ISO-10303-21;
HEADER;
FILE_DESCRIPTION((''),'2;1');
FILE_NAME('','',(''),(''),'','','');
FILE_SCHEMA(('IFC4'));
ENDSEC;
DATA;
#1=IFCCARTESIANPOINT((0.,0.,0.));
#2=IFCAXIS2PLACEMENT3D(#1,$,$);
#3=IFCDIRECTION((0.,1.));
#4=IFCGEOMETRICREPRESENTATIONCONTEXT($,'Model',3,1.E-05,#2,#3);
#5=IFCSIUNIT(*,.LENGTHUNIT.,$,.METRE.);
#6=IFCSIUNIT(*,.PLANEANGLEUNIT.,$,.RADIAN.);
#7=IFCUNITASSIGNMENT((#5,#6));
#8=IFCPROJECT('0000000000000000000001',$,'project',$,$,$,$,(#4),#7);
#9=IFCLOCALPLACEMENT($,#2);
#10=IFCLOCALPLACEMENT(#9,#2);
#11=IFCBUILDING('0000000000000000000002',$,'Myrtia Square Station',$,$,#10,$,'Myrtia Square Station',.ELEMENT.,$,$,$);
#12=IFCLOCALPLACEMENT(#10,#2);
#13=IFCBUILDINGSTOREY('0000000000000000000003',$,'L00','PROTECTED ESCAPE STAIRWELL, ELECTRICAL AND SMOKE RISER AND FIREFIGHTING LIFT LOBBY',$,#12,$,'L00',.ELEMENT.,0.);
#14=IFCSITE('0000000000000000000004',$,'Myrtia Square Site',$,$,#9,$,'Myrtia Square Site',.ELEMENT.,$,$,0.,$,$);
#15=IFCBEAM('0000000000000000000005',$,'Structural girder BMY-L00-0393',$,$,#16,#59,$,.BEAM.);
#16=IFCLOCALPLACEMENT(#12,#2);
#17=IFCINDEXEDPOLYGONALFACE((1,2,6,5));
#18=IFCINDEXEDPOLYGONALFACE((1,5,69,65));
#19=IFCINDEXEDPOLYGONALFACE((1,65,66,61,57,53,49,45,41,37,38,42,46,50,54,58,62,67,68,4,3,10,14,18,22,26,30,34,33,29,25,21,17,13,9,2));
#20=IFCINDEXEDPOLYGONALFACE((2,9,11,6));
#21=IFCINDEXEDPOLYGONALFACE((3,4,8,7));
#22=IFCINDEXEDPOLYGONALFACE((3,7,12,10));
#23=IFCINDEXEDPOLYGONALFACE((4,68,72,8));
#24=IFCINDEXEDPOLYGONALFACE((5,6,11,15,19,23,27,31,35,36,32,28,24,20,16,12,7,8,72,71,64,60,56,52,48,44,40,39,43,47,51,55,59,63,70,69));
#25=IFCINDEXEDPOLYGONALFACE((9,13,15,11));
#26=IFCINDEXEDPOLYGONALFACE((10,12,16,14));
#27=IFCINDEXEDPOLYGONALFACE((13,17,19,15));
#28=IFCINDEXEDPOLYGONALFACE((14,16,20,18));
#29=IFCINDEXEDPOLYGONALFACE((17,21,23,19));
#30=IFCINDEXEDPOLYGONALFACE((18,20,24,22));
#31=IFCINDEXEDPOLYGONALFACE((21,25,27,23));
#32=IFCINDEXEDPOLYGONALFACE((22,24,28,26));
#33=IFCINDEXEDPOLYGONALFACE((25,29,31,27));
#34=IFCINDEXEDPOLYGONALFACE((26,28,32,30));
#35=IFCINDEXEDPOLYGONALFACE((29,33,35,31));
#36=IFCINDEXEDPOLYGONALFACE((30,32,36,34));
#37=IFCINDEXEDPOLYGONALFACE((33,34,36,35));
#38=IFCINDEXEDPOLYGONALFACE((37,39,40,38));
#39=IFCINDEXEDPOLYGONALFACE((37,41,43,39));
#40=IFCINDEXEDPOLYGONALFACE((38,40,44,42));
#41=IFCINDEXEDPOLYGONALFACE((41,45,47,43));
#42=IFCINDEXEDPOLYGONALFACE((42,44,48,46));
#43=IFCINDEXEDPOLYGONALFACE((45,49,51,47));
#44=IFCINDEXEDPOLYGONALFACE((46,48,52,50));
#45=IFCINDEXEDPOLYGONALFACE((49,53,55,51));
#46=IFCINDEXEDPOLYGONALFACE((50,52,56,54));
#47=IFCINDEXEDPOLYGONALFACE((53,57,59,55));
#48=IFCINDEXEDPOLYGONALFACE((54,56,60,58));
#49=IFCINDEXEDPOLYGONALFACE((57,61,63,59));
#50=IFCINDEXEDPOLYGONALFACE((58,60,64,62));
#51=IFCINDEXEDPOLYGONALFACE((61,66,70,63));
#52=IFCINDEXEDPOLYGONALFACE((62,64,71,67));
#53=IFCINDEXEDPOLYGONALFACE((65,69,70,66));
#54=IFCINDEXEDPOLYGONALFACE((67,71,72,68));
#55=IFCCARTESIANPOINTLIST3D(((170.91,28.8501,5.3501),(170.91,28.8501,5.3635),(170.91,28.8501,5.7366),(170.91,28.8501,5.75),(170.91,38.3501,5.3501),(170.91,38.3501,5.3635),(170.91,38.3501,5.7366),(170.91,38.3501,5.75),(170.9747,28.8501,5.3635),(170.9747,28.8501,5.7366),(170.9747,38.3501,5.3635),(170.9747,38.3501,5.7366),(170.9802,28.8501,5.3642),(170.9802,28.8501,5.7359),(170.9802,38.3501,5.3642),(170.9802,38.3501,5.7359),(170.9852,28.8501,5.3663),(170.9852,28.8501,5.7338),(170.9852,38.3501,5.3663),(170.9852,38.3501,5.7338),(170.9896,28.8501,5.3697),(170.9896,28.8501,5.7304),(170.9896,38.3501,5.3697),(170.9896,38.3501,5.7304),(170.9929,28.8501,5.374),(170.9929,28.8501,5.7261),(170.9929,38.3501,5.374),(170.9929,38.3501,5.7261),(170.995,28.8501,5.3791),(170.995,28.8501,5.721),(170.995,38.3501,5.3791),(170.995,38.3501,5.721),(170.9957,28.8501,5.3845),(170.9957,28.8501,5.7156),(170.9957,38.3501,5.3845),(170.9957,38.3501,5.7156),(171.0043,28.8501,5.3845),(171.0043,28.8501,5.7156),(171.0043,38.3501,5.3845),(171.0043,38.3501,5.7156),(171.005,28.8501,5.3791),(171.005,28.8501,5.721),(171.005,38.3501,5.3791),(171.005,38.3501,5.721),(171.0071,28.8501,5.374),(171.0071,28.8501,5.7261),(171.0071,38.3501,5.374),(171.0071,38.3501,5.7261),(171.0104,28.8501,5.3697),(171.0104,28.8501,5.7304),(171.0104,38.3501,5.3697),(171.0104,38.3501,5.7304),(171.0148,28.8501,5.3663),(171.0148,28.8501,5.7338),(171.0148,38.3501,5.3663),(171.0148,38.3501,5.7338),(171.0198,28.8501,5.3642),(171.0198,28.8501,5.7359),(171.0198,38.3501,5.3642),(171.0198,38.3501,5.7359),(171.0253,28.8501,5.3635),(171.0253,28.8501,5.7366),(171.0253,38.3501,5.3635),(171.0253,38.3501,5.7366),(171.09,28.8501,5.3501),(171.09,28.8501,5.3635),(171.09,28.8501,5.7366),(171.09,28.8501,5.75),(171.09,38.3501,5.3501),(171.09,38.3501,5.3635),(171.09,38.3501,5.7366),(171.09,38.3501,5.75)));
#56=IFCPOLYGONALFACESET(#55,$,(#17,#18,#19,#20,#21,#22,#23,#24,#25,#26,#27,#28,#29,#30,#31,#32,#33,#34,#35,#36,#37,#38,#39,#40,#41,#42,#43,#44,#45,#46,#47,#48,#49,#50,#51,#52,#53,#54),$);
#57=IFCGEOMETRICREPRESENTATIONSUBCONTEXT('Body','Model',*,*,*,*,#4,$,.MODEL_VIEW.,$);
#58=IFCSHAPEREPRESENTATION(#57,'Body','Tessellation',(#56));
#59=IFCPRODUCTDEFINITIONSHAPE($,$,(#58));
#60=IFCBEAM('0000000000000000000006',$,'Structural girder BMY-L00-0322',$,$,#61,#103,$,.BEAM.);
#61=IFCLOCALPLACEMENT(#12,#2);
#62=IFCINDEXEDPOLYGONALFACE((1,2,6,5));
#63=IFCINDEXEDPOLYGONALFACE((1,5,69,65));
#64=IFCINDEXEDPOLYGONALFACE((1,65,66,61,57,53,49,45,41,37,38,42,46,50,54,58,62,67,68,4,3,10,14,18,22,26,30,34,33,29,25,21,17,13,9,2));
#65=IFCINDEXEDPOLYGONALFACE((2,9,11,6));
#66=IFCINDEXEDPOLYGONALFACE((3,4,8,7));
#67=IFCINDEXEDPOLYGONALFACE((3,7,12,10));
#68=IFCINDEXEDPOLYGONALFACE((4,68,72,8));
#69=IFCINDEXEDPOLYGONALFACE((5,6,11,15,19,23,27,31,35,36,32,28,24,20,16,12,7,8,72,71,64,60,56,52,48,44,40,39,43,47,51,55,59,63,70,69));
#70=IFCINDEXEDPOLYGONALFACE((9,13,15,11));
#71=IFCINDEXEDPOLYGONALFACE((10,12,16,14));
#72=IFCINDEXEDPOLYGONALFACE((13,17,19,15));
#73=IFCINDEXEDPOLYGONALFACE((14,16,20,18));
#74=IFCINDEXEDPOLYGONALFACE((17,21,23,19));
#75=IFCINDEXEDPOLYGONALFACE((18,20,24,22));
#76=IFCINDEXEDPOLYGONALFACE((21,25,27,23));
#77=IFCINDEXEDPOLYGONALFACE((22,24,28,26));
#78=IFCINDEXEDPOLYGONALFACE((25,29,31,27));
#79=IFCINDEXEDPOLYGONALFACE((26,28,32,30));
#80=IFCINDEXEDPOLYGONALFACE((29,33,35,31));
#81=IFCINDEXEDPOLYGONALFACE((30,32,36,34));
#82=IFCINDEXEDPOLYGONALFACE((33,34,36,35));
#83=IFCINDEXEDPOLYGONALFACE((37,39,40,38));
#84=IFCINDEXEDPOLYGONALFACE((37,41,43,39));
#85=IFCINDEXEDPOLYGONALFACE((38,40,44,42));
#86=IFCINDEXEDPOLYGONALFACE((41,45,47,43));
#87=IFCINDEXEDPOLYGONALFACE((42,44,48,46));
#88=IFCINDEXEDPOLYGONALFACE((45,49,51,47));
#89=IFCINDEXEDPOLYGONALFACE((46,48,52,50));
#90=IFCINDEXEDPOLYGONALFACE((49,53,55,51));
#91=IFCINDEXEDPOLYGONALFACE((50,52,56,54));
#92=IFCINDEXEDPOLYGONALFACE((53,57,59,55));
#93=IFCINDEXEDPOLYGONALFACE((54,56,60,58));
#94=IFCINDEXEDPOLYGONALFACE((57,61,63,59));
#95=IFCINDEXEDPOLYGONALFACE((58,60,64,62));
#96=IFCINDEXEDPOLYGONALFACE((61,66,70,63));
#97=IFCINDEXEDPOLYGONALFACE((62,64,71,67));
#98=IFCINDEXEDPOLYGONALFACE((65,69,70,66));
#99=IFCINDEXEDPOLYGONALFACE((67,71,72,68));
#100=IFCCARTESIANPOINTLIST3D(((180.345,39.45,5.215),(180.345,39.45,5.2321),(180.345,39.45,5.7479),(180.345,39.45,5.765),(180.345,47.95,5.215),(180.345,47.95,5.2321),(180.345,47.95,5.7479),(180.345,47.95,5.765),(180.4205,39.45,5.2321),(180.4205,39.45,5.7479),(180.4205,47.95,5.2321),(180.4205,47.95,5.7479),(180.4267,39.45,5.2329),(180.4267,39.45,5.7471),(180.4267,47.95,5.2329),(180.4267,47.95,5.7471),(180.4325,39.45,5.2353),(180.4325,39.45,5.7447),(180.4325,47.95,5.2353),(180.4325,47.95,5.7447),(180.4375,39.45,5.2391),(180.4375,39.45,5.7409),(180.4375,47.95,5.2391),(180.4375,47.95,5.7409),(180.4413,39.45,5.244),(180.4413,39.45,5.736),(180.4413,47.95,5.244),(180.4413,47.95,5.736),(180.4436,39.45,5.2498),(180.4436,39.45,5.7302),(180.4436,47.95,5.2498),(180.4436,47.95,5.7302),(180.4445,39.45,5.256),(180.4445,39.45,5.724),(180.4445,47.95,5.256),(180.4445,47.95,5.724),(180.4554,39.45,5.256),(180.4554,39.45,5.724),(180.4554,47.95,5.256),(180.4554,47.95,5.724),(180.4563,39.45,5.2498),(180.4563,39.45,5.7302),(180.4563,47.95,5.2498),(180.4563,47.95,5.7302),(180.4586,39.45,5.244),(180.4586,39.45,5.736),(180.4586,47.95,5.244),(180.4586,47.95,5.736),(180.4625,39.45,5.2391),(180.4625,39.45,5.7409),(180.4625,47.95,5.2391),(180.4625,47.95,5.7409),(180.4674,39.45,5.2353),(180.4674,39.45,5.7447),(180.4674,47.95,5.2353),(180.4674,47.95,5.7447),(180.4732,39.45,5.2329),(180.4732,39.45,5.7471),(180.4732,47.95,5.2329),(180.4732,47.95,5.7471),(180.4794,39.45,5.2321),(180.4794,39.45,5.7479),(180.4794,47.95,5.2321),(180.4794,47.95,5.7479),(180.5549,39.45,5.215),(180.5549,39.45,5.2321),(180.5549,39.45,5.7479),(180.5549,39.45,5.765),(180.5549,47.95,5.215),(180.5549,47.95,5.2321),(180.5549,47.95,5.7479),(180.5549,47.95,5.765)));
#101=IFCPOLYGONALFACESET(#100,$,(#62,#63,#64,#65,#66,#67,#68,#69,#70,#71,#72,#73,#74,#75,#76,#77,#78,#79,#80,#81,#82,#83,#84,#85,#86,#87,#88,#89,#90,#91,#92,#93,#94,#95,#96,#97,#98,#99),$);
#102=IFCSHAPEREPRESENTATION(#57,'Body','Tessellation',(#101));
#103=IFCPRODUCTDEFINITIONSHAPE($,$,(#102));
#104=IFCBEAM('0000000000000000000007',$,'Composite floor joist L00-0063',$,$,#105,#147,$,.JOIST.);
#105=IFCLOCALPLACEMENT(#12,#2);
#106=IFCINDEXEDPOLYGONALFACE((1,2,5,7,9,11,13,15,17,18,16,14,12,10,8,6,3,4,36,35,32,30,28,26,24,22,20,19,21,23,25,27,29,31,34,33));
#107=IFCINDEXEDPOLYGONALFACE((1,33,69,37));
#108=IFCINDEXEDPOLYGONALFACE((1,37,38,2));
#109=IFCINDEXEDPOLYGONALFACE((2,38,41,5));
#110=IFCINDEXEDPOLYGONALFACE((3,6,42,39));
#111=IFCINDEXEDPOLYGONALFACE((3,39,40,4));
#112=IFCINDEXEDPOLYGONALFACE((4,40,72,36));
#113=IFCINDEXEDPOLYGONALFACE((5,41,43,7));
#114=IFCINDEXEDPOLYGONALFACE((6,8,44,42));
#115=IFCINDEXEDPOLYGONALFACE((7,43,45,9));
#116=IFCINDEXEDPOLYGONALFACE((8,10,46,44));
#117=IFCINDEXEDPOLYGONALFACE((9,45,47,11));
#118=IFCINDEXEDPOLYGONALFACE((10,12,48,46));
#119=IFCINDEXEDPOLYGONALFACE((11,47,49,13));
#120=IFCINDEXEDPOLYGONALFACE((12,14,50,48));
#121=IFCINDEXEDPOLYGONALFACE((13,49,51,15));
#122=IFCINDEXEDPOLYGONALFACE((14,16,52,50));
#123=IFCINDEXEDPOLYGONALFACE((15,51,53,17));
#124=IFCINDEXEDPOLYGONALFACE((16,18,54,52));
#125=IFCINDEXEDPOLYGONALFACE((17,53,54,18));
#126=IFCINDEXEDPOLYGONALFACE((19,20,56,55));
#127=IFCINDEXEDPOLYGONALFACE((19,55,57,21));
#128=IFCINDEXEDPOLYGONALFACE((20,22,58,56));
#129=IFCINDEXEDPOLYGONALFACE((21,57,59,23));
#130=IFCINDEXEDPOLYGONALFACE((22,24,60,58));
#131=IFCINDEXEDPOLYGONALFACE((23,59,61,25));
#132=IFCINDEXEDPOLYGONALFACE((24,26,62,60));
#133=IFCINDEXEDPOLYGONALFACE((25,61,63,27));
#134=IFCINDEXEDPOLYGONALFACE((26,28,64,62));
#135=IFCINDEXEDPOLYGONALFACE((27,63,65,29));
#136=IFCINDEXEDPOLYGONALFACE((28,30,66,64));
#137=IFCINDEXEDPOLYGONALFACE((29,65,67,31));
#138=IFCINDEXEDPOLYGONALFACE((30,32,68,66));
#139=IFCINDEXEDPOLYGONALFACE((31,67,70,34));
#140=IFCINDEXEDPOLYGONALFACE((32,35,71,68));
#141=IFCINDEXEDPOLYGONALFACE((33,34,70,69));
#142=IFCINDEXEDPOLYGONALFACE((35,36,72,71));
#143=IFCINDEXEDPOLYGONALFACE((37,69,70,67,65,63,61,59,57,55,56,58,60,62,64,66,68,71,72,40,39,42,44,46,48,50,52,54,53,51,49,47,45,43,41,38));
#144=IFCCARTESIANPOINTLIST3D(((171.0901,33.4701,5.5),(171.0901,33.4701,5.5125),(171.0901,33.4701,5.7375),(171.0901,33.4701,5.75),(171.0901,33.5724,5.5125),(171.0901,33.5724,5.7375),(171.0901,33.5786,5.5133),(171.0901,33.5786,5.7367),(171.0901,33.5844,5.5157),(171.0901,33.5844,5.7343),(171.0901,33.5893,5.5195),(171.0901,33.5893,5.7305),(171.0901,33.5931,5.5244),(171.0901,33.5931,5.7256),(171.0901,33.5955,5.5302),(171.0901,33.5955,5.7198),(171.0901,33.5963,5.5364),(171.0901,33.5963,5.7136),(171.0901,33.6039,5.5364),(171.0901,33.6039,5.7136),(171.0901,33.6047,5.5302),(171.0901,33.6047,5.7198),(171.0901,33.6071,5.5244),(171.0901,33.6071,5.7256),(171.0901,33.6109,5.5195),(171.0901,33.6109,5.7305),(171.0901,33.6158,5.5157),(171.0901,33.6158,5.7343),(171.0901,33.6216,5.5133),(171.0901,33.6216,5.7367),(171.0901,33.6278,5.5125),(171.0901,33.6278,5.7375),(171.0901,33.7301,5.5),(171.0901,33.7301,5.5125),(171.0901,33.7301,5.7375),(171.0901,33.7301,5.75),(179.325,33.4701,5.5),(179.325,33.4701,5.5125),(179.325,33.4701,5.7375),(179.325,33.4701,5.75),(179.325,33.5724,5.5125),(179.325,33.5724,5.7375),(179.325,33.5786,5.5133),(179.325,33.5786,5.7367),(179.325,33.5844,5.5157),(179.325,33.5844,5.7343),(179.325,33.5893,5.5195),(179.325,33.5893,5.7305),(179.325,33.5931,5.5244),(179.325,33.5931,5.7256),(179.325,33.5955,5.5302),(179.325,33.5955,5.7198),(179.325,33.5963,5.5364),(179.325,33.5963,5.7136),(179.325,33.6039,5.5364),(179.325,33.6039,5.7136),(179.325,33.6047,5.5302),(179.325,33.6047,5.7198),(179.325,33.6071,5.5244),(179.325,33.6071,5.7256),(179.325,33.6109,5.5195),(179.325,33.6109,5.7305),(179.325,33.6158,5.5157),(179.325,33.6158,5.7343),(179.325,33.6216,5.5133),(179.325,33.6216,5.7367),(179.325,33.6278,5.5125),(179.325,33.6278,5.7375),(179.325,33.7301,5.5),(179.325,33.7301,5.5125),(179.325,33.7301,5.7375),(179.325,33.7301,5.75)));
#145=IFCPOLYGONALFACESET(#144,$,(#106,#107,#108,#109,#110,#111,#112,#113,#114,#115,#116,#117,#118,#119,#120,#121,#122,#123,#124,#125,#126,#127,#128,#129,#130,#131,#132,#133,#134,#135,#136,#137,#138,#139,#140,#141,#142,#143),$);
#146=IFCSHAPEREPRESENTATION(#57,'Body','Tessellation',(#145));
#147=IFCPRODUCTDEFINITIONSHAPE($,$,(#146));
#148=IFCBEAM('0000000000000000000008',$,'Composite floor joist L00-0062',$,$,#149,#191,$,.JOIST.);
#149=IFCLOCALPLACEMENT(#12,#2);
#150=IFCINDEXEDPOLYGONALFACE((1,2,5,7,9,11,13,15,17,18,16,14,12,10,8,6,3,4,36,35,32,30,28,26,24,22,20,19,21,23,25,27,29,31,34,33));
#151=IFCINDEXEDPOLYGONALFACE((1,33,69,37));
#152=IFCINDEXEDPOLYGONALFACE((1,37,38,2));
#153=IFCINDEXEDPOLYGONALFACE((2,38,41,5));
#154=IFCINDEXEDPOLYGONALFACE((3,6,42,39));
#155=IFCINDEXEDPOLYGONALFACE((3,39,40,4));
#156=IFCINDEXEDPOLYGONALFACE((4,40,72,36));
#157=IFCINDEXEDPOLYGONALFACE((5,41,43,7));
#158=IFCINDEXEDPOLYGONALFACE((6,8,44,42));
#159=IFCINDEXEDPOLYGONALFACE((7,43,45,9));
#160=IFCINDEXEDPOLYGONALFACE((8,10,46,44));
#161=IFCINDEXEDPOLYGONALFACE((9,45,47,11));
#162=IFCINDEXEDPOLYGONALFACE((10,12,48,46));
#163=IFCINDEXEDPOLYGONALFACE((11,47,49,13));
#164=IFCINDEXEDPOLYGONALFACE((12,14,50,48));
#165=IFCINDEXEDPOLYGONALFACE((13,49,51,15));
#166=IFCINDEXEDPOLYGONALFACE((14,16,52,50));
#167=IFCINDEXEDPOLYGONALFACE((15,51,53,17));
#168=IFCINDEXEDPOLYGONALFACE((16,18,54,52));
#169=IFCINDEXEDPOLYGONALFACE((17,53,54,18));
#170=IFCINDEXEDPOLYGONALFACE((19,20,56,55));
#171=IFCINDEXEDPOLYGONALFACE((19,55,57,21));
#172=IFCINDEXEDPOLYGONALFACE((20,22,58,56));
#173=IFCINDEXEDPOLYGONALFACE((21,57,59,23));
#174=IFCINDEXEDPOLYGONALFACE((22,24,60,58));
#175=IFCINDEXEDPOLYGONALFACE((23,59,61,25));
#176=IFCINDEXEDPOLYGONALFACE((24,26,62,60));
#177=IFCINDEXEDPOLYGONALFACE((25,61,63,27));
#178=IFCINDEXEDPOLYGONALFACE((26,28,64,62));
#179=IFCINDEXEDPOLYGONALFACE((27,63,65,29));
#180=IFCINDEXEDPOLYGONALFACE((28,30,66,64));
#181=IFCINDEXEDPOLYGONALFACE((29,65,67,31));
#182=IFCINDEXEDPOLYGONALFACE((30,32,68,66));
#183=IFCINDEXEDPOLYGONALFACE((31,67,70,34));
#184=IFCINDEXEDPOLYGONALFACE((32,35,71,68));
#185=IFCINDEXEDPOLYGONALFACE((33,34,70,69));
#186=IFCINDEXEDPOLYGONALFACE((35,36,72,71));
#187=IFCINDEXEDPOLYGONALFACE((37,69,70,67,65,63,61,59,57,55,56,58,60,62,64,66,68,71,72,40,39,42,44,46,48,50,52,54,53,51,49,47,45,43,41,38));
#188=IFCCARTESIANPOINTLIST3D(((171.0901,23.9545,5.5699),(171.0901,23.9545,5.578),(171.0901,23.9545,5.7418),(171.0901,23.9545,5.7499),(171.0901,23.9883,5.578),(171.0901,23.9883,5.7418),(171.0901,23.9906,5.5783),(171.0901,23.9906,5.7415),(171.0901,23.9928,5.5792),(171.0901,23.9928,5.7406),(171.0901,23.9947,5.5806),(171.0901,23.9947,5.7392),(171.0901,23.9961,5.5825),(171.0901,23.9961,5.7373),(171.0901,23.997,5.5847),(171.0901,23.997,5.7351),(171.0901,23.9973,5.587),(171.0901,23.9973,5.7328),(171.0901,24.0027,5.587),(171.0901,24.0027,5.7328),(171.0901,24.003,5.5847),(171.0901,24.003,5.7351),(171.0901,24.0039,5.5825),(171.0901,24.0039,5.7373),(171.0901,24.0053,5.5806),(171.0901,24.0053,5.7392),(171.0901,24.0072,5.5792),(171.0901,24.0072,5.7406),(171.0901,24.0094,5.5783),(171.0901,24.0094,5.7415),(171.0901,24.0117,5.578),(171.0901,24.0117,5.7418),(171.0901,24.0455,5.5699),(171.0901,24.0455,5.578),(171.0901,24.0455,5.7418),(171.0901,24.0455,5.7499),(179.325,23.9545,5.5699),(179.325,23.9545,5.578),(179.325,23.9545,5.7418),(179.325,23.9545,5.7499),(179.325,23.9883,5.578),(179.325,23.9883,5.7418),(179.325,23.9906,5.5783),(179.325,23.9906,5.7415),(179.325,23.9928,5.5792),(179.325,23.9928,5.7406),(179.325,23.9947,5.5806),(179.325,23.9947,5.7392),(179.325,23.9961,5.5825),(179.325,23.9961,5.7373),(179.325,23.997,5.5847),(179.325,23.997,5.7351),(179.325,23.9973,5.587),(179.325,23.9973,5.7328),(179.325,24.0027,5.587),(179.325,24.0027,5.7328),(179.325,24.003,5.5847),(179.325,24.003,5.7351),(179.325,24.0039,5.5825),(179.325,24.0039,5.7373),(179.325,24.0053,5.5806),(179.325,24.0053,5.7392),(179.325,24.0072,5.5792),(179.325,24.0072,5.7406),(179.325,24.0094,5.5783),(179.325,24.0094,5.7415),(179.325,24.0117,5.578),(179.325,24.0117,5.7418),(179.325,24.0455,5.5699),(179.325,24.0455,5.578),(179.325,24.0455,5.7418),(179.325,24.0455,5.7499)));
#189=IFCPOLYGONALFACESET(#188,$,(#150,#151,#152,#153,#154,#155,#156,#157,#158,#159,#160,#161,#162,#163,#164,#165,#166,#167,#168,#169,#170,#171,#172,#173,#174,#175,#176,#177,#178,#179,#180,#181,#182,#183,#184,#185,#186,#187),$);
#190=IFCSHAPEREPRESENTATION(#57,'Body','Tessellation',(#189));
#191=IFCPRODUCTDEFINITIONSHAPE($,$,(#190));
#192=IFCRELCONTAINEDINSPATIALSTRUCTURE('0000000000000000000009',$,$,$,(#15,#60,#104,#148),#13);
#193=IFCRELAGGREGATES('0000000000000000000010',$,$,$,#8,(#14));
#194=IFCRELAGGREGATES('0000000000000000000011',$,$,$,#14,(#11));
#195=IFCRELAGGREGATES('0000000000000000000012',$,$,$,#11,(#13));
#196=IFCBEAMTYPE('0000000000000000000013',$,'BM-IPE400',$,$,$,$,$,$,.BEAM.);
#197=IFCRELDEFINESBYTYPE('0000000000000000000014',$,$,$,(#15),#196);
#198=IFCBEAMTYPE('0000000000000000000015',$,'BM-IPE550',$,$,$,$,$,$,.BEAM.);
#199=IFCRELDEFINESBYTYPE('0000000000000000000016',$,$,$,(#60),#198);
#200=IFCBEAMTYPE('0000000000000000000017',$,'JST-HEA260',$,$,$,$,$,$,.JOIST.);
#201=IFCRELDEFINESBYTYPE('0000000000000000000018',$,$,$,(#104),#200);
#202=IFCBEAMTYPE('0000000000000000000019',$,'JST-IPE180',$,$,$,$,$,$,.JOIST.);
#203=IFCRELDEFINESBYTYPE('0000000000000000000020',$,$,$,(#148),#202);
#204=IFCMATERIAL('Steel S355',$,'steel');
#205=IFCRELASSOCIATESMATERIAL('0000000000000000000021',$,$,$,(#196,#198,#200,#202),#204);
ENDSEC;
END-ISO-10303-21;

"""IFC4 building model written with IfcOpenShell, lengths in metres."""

from ifc_helpers import new_model, si_unit, direction, frame, origin, origin_2d, place, context, subcontext, project, spatial, i_section, extrude, material, material_profile, profile_set, type_object, element, save


model = new_model("IFC4")

# Units and contexts
model_context = context("Model", 3, precision=1e-05, world=origin(), true_north=direction((0.0, 1.0)))
body_context = subcontext(model_context, "Body", "Model", "MODEL_VIEW")
ifc_project = project(units=[si_unit("LENGTHUNIT", "METRE"), si_unit("PLANEANGLEUNIT", "RADIAN")], contexts=[model_context])

# Site, building, storey
site_placement = place(None, origin())
site = spatial("IfcSite", under=ifc_project, at=site_placement, Name="Myrtia Square Site", LongName="Myrtia Square Site", CompositionType="ELEMENT", RefElevation=0.0)
building_placement = place(site_placement, origin())
building = spatial("IfcBuilding", under=site, at=building_placement, Name="Myrtia Square Station", LongName="Myrtia Square Station", CompositionType="ELEMENT")
storey_placement = place(building_placement, origin())
storey = spatial("IfcBuildingStorey", under=building, at=storey_placement, Name="L00", Description="PROTECTED ESCAPE STAIRWELL, ELECTRICAL AND SMOKE RISER AND FIREFIGHTING LIFT LOBBY", LongName="L00", CompositionType="ELEMENT", Elevation=0.0)

# Shared definitions
ifc_material_1 = material(Name="Steel S355", Category="steel")

# Beams
ifc_material_profile_1 = material_profile(ifc_material_1, i_section(OverallWidth=0.1799, OverallDepth=0.3999, WebThickness=0.0085, FlangeThickness=0.0134, FilletRadius=0.021, at=origin_2d()), Name="IPE 400")
ifc_profile_set_1 = profile_set([ifc_material_profile_1], Name="Steel S355")
beam_type_1 = type_object("IfcBeamType", Name="BM-IPE400", PredefinedType="BEAM", material=ifc_profile_set_1)
beam_1_placement = place(storey_placement, frame((171.0, 28.8501, 5.55), z_axis=(0.0, 1.0, 0.0), x_axis=(-1.0, 0.0, 0.0)))
element("IfcBeam", 1, at=beam_1_placement, inside=storey, type_object=beam_type_1, Name="Structural girder BMY-L00-0393", PredefinedType="BEAM", context=body_context, shape_type="SweptSolid", body=[
    extrude(i_section(OverallWidth=0.1799, OverallDepth=0.3999, WebThickness=0.0085, FlangeThickness=0.0134, FilletRadius=0.021, at=origin_2d()), origin(), (0.0, 0.0, 1.0), 9.5),
])
ifc_material_profile_2 = material_profile(ifc_material_1, i_section(OverallWidth=0.21, OverallDepth=0.55, WebThickness=0.011, FlangeThickness=0.0171, FilletRadius=0.0239, at=origin_2d()), Name="IPE 550")
ifc_profile_set_2 = profile_set([ifc_material_profile_2], Name="Steel S355")
beam_type_2 = type_object("IfcBeamType", Name="BM-IPE550", PredefinedType="BEAM", material=ifc_profile_set_2)
beam_2_placement = place(storey_placement, frame((180.45, 39.45, 5.49), z_axis=(0.0, 1.0, 0.0), x_axis=(-1.0, 0.0, 0.0)))
element("IfcBeam", 2, at=beam_2_placement, inside=storey, type_object=beam_type_2, Name="Structural girder BMY-L00-0322", PredefinedType="BEAM", context=body_context, shape_type="SweptSolid", body=[
    extrude(i_section(OverallWidth=0.21, OverallDepth=0.55, WebThickness=0.011, FlangeThickness=0.0171, FilletRadius=0.0239, at=origin_2d()), origin(), (0.0, 0.0, 1.0), 8.5),
])
ifc_material_profile_3 = material_profile(ifc_material_1, i_section(OverallWidth=0.26, OverallDepth=0.25, WebThickness=0.0076, FlangeThickness=0.0125, FilletRadius=0.0239, at=origin_2d()), Name="HEA 260")
ifc_profile_set_3 = profile_set([ifc_material_profile_3], Name="Steel S355")
beam_type_3 = type_object("IfcBeamType", Name="JST-HEA260", PredefinedType="JOIST", material=ifc_profile_set_3)
beam_3_placement = place(storey_placement, frame((171.0901, 33.6001, 5.625), z_axis=(1.0, 0.0, 0.0), x_axis=(0.0, 1.0, 0.0)))
element("IfcBeam", 3, at=beam_3_placement, inside=storey, type_object=beam_type_3, Name="Composite floor joist L00-0063", PredefinedType="JOIST", context=body_context, shape_type="SweptSolid", body=[
    extrude(i_section(OverallWidth=0.26, OverallDepth=0.25, WebThickness=0.0076, FlangeThickness=0.0125, FilletRadius=0.0239, at=origin_2d()), origin(), (0.0, 0.0, 1.0), 8.2349),
])
ifc_material_profile_4 = material_profile(ifc_material_1, i_section(OverallWidth=0.0911, OverallDepth=0.1799, WebThickness=0.0054, FlangeThickness=0.0081, FilletRadius=0.009, at=origin_2d()), Name="IPE 180")
ifc_profile_set_4 = profile_set([ifc_material_profile_4], Name="Steel S355")
beam_type_4 = type_object("IfcBeamType", Name="JST-IPE180", PredefinedType="JOIST", material=ifc_profile_set_4)
beam_4_placement = place(storey_placement, frame((171.0901, 24.0, 5.6599), z_axis=(1.0, 0.0, 0.0), x_axis=(0.0, 1.0, 0.0)))
element("IfcBeam", 4, at=beam_4_placement, inside=storey, type_object=beam_type_4, Name="Composite floor joist L00-0062", PredefinedType="JOIST", context=body_context, shape_type="SweptSolid", body=[
    extrude(i_section(OverallWidth=0.0911, OverallDepth=0.1799, WebThickness=0.0054, FlangeThickness=0.0081, FilletRadius=0.009, at=origin_2d()), origin(), (0.0, 0.0, 1.0), 8.2349),
])

save(model, "model.ifc")
